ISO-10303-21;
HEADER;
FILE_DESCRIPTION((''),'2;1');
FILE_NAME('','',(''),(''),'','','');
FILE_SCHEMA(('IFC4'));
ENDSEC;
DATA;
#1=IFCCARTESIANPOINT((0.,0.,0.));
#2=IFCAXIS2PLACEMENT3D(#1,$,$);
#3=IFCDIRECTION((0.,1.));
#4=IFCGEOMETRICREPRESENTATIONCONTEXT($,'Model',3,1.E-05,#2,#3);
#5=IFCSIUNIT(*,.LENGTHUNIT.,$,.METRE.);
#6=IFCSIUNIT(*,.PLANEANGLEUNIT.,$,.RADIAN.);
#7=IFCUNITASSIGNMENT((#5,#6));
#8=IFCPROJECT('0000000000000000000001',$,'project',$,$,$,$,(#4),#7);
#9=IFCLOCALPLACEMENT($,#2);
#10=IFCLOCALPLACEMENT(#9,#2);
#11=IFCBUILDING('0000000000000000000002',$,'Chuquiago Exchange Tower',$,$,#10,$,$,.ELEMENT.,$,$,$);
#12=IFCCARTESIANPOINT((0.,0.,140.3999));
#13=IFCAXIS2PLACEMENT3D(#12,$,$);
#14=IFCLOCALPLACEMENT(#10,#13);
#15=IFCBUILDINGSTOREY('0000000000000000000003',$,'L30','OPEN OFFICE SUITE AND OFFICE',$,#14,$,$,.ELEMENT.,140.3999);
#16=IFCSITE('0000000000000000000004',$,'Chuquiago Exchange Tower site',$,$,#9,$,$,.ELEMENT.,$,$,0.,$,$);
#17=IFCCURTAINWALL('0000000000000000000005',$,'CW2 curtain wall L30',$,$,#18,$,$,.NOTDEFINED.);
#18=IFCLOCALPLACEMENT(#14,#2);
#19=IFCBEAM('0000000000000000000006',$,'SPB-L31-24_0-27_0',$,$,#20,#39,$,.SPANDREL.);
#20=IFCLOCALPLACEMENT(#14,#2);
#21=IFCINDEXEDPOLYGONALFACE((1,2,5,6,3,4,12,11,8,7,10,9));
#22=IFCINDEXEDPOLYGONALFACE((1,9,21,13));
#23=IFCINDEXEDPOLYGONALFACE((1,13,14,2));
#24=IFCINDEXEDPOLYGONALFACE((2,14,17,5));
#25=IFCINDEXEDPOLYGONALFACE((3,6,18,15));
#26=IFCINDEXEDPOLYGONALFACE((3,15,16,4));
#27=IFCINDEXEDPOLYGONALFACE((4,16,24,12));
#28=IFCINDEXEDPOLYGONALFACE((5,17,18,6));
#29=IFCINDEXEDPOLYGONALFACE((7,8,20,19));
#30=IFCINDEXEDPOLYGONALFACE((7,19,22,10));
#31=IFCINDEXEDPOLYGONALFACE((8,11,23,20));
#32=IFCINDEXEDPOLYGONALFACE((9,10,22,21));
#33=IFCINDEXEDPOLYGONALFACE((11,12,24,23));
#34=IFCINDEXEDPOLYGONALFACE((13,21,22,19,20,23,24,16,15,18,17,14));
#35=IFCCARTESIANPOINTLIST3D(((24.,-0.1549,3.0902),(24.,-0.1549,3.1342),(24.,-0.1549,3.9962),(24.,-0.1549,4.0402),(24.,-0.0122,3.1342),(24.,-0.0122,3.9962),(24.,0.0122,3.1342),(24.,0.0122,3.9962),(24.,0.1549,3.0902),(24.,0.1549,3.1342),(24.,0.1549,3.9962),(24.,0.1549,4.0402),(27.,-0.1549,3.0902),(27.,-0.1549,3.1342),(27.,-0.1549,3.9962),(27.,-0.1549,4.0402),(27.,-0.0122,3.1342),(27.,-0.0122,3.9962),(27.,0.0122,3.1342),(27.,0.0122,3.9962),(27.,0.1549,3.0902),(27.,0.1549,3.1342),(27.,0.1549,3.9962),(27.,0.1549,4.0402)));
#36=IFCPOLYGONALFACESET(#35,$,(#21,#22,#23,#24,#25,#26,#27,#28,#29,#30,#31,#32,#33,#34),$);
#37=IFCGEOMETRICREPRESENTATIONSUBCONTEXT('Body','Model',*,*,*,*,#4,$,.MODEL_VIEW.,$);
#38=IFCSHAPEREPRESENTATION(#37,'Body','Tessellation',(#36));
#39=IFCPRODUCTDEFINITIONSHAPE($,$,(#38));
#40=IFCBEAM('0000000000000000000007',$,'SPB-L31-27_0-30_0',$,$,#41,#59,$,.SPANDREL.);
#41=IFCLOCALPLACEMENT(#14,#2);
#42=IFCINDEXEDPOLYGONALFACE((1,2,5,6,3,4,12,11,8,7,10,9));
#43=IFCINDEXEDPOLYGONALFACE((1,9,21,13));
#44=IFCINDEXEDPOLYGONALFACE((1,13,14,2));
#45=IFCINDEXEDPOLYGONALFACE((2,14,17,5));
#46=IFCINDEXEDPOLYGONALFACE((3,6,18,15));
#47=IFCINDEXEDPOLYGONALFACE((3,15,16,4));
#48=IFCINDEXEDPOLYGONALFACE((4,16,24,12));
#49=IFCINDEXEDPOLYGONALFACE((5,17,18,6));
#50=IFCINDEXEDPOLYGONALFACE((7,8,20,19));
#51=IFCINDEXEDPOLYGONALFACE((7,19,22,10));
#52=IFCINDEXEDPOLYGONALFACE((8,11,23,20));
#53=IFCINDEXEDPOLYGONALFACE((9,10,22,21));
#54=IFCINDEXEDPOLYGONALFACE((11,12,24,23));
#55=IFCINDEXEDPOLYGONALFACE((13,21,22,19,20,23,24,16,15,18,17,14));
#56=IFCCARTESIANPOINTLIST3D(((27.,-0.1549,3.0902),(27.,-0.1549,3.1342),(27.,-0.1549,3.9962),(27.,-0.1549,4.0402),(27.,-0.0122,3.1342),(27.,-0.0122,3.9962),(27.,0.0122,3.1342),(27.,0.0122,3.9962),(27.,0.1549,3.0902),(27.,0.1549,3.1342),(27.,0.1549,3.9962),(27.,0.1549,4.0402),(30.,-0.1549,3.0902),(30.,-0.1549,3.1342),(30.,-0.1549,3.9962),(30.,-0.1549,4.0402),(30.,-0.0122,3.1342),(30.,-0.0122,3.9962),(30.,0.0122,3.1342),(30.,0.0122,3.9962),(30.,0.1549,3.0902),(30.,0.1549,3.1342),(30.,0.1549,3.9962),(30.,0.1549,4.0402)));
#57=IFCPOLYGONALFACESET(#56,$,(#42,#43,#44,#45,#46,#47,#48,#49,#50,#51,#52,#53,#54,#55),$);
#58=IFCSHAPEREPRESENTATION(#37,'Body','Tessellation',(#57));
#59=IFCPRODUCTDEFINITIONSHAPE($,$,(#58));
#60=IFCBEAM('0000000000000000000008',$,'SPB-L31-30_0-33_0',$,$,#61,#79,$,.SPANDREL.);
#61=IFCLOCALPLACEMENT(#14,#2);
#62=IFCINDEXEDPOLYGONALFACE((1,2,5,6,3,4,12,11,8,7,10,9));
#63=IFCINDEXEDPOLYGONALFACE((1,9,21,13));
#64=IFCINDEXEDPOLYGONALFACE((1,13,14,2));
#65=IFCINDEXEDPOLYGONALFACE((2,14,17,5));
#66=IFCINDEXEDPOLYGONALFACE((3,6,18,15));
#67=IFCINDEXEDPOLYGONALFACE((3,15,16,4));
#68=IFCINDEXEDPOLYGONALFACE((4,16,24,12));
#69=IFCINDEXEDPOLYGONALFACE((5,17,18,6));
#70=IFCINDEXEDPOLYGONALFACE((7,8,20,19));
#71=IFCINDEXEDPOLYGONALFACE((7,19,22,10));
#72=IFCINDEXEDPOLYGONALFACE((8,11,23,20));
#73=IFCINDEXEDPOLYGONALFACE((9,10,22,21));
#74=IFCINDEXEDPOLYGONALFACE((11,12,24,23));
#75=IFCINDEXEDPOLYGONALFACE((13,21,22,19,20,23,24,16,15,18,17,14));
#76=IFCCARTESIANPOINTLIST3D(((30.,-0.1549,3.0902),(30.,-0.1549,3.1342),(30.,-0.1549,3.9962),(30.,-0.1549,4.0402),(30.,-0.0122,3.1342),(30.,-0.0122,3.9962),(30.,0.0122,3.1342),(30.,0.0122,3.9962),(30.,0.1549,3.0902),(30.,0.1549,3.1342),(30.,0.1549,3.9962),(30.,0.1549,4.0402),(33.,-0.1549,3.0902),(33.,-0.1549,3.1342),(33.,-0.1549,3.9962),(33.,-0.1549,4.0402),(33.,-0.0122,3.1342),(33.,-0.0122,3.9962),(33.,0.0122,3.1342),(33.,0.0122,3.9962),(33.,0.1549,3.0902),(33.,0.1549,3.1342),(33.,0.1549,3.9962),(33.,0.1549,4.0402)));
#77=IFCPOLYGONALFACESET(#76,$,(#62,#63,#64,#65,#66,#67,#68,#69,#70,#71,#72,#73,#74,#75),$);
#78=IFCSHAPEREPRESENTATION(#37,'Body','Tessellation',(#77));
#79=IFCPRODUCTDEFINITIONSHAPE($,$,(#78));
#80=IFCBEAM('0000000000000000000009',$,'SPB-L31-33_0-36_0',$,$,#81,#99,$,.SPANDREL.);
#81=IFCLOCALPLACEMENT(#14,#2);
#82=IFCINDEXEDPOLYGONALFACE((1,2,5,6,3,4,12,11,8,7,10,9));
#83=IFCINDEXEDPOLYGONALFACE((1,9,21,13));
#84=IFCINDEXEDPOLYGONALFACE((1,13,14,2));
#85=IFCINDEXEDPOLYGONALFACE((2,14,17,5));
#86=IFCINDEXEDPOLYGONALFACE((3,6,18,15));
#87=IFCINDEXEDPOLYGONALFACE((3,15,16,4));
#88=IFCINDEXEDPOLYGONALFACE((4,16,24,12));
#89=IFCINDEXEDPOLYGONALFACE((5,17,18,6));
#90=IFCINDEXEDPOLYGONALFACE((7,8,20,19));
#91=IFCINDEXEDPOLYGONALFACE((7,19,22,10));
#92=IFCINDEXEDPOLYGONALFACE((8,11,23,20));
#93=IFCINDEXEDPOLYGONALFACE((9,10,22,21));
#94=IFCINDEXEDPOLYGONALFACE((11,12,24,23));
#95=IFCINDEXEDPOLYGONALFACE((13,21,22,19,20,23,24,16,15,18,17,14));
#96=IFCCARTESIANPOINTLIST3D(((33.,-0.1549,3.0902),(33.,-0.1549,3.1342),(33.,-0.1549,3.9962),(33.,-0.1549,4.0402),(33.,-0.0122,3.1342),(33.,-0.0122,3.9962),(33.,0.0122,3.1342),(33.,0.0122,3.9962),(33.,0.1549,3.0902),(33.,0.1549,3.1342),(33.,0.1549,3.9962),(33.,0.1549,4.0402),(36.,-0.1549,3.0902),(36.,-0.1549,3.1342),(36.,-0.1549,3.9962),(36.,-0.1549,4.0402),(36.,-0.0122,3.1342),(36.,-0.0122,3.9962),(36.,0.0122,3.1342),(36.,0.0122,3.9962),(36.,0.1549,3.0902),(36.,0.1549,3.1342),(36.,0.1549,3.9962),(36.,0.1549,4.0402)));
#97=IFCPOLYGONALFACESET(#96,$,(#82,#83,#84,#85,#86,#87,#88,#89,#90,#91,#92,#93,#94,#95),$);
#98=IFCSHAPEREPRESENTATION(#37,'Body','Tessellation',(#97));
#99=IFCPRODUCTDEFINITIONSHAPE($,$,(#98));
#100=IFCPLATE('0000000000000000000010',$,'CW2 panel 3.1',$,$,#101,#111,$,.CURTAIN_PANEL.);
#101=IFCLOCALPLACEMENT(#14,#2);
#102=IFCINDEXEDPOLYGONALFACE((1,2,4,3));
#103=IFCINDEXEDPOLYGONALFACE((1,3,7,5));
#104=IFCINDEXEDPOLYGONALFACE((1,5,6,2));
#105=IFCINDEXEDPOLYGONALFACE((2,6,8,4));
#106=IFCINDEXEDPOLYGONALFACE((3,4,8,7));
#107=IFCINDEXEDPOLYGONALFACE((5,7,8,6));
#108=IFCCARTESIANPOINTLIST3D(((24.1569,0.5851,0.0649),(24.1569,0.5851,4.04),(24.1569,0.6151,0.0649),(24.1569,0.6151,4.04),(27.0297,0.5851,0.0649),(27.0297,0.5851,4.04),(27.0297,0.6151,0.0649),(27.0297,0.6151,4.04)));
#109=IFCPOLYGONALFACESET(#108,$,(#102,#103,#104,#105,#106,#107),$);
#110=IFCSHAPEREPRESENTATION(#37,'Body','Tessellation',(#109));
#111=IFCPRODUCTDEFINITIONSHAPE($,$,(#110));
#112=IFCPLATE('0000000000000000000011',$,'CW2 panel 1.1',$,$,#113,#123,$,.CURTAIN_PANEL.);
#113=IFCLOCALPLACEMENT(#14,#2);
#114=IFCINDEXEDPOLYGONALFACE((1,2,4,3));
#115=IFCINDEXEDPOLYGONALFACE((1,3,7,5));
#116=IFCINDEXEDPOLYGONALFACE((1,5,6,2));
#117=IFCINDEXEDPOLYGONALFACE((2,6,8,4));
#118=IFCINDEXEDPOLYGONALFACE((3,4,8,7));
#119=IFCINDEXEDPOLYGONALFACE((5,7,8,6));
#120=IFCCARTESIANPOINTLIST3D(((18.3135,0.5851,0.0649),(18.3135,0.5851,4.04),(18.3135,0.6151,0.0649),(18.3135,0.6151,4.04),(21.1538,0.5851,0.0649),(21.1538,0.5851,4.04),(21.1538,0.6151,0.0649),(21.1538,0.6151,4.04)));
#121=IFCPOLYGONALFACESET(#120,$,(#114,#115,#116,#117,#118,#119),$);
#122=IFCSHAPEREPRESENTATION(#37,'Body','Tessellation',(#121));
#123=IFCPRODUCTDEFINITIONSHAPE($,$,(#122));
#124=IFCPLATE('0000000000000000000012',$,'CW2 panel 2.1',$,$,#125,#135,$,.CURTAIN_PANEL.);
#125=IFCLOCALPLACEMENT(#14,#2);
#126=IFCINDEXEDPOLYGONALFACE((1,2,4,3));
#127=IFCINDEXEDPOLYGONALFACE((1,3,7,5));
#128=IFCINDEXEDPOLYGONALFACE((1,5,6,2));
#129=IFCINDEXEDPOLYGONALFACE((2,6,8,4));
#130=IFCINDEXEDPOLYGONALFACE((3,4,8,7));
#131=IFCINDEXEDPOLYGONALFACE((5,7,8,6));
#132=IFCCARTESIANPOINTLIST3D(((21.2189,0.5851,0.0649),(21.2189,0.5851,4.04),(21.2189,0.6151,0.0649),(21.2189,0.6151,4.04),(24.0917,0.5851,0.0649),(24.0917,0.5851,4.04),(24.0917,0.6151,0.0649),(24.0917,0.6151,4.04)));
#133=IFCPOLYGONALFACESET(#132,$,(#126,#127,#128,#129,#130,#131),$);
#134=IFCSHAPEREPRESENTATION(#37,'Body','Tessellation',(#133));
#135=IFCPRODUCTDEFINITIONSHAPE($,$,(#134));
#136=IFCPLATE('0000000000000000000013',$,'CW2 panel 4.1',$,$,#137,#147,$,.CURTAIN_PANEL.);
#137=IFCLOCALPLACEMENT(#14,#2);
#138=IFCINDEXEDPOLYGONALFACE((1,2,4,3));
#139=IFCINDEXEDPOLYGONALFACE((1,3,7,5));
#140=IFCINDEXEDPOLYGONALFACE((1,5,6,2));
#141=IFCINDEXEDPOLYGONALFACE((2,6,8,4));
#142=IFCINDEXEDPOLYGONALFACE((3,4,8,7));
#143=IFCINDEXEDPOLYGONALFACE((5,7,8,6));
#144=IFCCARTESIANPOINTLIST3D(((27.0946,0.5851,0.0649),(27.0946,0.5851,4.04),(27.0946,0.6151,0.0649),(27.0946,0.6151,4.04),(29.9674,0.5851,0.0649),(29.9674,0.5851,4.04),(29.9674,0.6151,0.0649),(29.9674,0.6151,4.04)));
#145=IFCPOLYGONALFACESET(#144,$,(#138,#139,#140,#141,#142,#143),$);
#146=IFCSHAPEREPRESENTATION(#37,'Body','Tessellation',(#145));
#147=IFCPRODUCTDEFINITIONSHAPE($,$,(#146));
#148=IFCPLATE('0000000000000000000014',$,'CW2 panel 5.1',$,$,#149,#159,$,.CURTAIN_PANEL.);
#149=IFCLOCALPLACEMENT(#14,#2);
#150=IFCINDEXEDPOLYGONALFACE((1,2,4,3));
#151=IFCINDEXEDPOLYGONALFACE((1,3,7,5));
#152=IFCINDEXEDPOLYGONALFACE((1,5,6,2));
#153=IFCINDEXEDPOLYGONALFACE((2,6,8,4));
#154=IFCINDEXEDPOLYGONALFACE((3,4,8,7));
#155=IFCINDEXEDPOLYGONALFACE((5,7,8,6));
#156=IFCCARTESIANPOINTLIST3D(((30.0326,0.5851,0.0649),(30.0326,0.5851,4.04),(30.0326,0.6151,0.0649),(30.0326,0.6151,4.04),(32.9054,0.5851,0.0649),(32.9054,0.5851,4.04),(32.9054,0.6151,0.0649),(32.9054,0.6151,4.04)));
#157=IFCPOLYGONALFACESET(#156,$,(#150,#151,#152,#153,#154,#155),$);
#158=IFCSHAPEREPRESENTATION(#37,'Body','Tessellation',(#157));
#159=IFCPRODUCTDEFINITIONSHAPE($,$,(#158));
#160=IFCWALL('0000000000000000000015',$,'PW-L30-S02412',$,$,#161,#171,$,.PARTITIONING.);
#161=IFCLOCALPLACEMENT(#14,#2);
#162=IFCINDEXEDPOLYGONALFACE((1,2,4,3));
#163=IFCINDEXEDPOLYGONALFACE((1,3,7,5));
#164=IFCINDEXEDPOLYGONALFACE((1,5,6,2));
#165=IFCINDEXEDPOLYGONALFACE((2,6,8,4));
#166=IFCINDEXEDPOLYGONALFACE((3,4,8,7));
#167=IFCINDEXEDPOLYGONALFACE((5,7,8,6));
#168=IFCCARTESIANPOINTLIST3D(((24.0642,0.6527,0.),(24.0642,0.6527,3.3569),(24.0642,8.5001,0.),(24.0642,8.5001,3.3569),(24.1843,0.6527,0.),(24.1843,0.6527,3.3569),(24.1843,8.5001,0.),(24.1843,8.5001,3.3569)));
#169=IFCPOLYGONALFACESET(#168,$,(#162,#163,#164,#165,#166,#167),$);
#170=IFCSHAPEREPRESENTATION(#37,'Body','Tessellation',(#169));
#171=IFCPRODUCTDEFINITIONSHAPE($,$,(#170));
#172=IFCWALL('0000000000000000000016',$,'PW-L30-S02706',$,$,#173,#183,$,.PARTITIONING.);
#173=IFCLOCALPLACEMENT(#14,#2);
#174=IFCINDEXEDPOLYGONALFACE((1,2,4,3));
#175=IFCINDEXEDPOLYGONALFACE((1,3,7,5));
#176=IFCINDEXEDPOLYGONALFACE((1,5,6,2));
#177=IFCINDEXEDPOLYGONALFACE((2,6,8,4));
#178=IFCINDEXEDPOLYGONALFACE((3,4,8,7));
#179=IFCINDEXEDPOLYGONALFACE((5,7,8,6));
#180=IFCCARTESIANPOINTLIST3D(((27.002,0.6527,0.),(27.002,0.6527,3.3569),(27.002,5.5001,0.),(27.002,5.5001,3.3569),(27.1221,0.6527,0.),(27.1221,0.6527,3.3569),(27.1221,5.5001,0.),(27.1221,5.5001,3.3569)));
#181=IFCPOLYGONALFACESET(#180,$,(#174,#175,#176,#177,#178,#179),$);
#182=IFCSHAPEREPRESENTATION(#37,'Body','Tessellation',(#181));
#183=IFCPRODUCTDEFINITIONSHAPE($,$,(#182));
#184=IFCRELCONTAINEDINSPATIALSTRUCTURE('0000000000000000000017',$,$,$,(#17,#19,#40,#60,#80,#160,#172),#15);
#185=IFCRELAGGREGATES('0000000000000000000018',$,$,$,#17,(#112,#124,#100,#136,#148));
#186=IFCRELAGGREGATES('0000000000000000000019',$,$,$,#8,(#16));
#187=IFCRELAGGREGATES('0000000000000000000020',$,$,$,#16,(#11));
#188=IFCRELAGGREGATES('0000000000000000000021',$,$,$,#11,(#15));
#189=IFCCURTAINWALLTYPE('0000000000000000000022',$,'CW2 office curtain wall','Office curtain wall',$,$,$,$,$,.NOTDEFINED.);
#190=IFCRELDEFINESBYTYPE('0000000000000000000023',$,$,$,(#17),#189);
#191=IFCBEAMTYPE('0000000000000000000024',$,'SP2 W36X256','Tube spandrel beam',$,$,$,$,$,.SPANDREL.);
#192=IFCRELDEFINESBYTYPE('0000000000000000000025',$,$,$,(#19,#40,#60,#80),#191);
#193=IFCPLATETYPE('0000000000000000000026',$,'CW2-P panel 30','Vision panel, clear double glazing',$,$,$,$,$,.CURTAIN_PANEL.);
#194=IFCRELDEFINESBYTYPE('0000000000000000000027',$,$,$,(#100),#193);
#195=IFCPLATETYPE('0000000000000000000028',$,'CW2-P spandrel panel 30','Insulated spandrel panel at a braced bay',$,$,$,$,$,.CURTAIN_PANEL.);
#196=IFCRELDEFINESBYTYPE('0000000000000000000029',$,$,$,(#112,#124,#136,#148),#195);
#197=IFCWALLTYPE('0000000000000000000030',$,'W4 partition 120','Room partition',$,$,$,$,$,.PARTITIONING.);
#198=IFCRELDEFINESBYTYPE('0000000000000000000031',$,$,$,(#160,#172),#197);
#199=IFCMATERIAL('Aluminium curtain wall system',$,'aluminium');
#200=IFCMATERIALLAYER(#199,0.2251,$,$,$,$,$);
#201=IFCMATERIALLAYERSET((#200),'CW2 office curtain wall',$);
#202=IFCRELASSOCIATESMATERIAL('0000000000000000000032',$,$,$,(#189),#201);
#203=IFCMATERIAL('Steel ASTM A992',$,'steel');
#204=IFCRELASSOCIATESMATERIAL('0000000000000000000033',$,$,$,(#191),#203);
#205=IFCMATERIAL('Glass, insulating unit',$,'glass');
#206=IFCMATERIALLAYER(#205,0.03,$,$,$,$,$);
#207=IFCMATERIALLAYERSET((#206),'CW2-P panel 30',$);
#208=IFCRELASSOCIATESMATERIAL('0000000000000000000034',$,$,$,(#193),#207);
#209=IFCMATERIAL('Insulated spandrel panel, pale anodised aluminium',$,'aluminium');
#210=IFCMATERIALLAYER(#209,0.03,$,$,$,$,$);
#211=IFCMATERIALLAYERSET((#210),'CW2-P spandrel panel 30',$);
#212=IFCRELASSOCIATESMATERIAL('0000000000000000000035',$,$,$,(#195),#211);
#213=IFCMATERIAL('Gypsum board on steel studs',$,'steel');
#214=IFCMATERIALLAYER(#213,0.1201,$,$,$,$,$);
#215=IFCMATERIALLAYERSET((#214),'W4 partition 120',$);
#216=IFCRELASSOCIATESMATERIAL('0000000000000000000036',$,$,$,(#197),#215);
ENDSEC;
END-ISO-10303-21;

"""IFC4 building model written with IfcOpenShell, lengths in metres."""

from ifc_helpers import new_model, si_unit, direction, frame, frame_2d, origin, origin_2d, place, context, subcontext, project, spatial, rectangle, i_section, extrude, material, layer, layer_set, material_profile, profile_set, type_object, element, aggregate, save


model = new_model("IFC4")

# Units and contexts
model_context = context("Model", 3, precision=1e-05, world=origin(), true_north=direction((0.0, 1.0)))
body_context = subcontext(model_context, "Body", "Model", "MODEL_VIEW")
ifc_project = project(units=[si_unit("LENGTHUNIT", "METRE"), si_unit("PLANEANGLEUNIT", "RADIAN")], contexts=[model_context])

# Site, building, storey
site_placement = place(None, origin())
site = spatial("IfcSite", under=ifc_project, at=site_placement, Name="Chuquiago Exchange Tower site", CompositionType="ELEMENT", RefElevation=0.0)
building_placement = place(site_placement, origin())
building = spatial("IfcBuilding", under=site, at=building_placement, Name="Chuquiago Exchange Tower", CompositionType="ELEMENT")
storey_placement = place(building_placement, frame((0.0, 0.0, 140.3999)))
storey = spatial("IfcBuildingStorey", under=building, at=storey_placement, Name="L30", Description="OPEN OFFICE SUITE AND OFFICE", CompositionType="ELEMENT", Elevation=140.3999)

# Curtain wall
ifc_material_1 = material(Name="Aluminium curtain wall system", Category="aluminium")
ifc_layer_1 = layer(ifc_material_1, 0.2251)
ifc_layer_set_1 = layer_set([ifc_layer_1], Name="CW2 office curtain wall")
curtain_wall_type_1 = type_object("IfcCurtainWallType", Name="CW2 office curtain wall", Description="Office curtain wall", PredefinedType="NOTDEFINED", material=ifc_layer_set_1)
curtain_wall_1_placement = place(storey_placement, origin())
curtain_wall_1 = element("IfcCurtainWall", 1, at=curtain_wall_1_placement, inside=storey, type_object=curtain_wall_type_1, Name="CW2 curtain wall L30", PredefinedType="NOTDEFINED")

# Beams
ifc_material_2 = material(Name="Steel ASTM A992", Category="steel")
ifc_material_profile_1 = material_profile(ifc_material_2, i_section(OverallWidth=0.3098, OverallDepth=0.95, WebThickness=0.0244, FlangeThickness=0.0439, at=origin_2d()), Name="W36X256")
ifc_profile_set_1 = profile_set([ifc_material_profile_1], Name="Steel ASTM A992")
beam_type = type_object("IfcBeamType", Name="SP2 W36X256", Description="Tube spandrel beam", PredefinedType="SPANDREL", material=ifc_profile_set_1)
for number, where, z_axis, x_axis, name in (
    (2, (24.0, 0.0, 3.5652), (1.0, 0.0, 0.0), (0.0, 1.0, 0.0), "SPB-L31-24_0-27_0"),
    (3, (27.0, 0.0, 3.5652), (1.0, 0.0, 0.0), (0.0, 1.0, 0.0), "SPB-L31-27_0-30_0"),
    (4, (30.0, 0.0, 3.5652), (1.0, 0.0, 0.0), (0.0, 1.0, 0.0), "SPB-L31-30_0-33_0"),
    (5, (33.0, 0.0, 3.5652), (1.0, 0.0, 0.0), (0.0, 1.0, 0.0), "SPB-L31-33_0-36_0"),
):
    element("IfcBeam", number, at=place(storey_placement, frame(where, z_axis=z_axis, x_axis=x_axis)), inside=storey, type_object=beam_type, Name=name, PredefinedType="SPANDREL", context=body_context, shape_type="SweptSolid", body=[
        extrude(i_section(OverallWidth=0.3098, OverallDepth=0.95, WebThickness=0.0244, FlangeThickness=0.0439, at=origin_2d()), origin(), (0.0, 0.0, 1.0), 3.0),
    ])

# Plates
ifc_material_3 = material(Name="Glass, insulating unit", Category="glass")
ifc_layer_2 = layer(ifc_material_3, 0.03)
ifc_layer_set_2 = layer_set([ifc_layer_2], Name="CW2-P panel 30")
plate_type_1 = type_object("IfcPlateType", Name="CW2-P panel 30", Description="Vision panel, clear double glazing", PredefinedType="CURTAIN_PANEL", material=ifc_layer_set_2)
plate_1_placement = place(storey_placement, frame((25.5933, 0.6001, 0.0649), z_axis=(0.0, 0.0, 1.0), x_axis=(1.0, 0.0, 0.0)))
plate_1 = element("IfcPlate", 6, at=plate_1_placement, type_object=plate_type_1, Name="CW2 panel 3.1", PredefinedType="CURTAIN_PANEL", context=body_context, shape_type="SweptSolid", body=[
    extrude(rectangle(XDim=2.8728, YDim=0.03, at=origin_2d()), origin(), (0.0, 0.0, 1.0), 3.9751),
])
ifc_material_4 = material(Name="Insulated spandrel panel, pale anodised aluminium", Category="aluminium")
ifc_layer_3 = layer(ifc_material_4, 0.03)
ifc_layer_set_3 = layer_set([ifc_layer_3], Name="CW2-P spandrel panel 30")
plate_type_2 = type_object("IfcPlateType", Name="CW2-P spandrel panel 30", Description="Insulated spandrel panel at a braced bay", PredefinedType="CURTAIN_PANEL", material=ifc_layer_set_3)
plate_2_placement = place(storey_placement, frame((19.7336, 0.6001, 0.0649), z_axis=(0.0, 0.0, 1.0), x_axis=(1.0, 0.0, 0.0)))
plate_2 = element("IfcPlate", 7, at=plate_2_placement, type_object=plate_type_2, Name="CW2 panel 1.1", PredefinedType="CURTAIN_PANEL", context=body_context, shape_type="SweptSolid", body=[
    extrude(rectangle(XDim=2.8403, YDim=0.03, at=origin_2d()), origin(), (0.0, 0.0, 1.0), 3.9751),
])
plate_3_placement = place(storey_placement, frame((22.6553, 0.6001, 0.0649), z_axis=(0.0, 0.0, 1.0), x_axis=(1.0, 0.0, 0.0)))
plate_3 = element("IfcPlate", 8, at=plate_3_placement, type_object=plate_type_2, Name="CW2 panel 2.1", PredefinedType="CURTAIN_PANEL", context=body_context, shape_type="SweptSolid", body=[
    extrude(rectangle(XDim=2.8728, YDim=0.03, at=origin_2d()), origin(), (0.0, 0.0, 1.0), 3.9751),
])
plate_4_placement = place(storey_placement, frame((28.531, 0.6001, 0.0649), z_axis=(0.0, 0.0, 1.0), x_axis=(1.0, 0.0, 0.0)))
plate_4 = element("IfcPlate", 9, at=plate_4_placement, type_object=plate_type_2, Name="CW2 panel 4.1", PredefinedType="CURTAIN_PANEL", context=body_context, shape_type="SweptSolid", body=[
    extrude(rectangle(XDim=2.8728, YDim=0.03, at=origin_2d()), origin(), (0.0, 0.0, 1.0), 3.9751),
])
plate_5_placement = place(storey_placement, frame((31.469, 0.6001, 0.0649), z_axis=(0.0, 0.0, 1.0), x_axis=(1.0, 0.0, 0.0)))
plate_5 = element("IfcPlate", 10, at=plate_5_placement, type_object=plate_type_2, Name="CW2 panel 5.1", PredefinedType="CURTAIN_PANEL", context=body_context, shape_type="SweptSolid", body=[
    extrude(rectangle(XDim=2.8728, YDim=0.03, at=origin_2d()), origin(), (0.0, 0.0, 1.0), 3.9751),
])
aggregate(curtain_wall_1, [plate_2, plate_3, plate_1, plate_4, plate_5])

# Walls
ifc_material_5 = material(Name="Gypsum board on steel studs", Category="steel")
ifc_layer_4 = layer(ifc_material_5, 0.1201)
ifc_layer_set_4 = layer_set([ifc_layer_4], Name="W4 partition 120")
wall_type = type_object("IfcWallType", Name="W4 partition 120", Description="Room partition", PredefinedType="PARTITIONING", material=ifc_layer_set_4)
wall_1_placement = place(storey_placement, frame((24.1243, 0.6526, 0.0), z_axis=(0.0, 0.0, 1.0), x_axis=(0.0, 1.0, 0.0)))
element("IfcWall", 11, at=wall_1_placement, inside=storey, type_object=wall_type, Name="PW-L30-S02412", PredefinedType="PARTITIONING", context=body_context, shape_type="SweptSolid", body=[
    extrude(rectangle(XDim=7.8474, YDim=0.1201, at=frame_2d((3.9238, 0.0))), origin(), (0.0, 0.0, 1.0), 3.3569),
])
wall_2_placement = place(storey_placement, frame((27.062, 0.6526, 0.0), z_axis=(0.0, 0.0, 1.0), x_axis=(0.0, 1.0, 0.0)))
element("IfcWall", 12, at=wall_2_placement, inside=storey, type_object=wall_type, Name="PW-L30-S02706", PredefinedType="PARTITIONING", context=body_context, shape_type="SweptSolid", body=[
    extrude(rectangle(XDim=4.8474, YDim=0.1201, at=frame_2d((2.4238, 0.0))), origin(), (0.0, 0.0, 1.0), 3.3569),
])

save(model, "model.ifc")
